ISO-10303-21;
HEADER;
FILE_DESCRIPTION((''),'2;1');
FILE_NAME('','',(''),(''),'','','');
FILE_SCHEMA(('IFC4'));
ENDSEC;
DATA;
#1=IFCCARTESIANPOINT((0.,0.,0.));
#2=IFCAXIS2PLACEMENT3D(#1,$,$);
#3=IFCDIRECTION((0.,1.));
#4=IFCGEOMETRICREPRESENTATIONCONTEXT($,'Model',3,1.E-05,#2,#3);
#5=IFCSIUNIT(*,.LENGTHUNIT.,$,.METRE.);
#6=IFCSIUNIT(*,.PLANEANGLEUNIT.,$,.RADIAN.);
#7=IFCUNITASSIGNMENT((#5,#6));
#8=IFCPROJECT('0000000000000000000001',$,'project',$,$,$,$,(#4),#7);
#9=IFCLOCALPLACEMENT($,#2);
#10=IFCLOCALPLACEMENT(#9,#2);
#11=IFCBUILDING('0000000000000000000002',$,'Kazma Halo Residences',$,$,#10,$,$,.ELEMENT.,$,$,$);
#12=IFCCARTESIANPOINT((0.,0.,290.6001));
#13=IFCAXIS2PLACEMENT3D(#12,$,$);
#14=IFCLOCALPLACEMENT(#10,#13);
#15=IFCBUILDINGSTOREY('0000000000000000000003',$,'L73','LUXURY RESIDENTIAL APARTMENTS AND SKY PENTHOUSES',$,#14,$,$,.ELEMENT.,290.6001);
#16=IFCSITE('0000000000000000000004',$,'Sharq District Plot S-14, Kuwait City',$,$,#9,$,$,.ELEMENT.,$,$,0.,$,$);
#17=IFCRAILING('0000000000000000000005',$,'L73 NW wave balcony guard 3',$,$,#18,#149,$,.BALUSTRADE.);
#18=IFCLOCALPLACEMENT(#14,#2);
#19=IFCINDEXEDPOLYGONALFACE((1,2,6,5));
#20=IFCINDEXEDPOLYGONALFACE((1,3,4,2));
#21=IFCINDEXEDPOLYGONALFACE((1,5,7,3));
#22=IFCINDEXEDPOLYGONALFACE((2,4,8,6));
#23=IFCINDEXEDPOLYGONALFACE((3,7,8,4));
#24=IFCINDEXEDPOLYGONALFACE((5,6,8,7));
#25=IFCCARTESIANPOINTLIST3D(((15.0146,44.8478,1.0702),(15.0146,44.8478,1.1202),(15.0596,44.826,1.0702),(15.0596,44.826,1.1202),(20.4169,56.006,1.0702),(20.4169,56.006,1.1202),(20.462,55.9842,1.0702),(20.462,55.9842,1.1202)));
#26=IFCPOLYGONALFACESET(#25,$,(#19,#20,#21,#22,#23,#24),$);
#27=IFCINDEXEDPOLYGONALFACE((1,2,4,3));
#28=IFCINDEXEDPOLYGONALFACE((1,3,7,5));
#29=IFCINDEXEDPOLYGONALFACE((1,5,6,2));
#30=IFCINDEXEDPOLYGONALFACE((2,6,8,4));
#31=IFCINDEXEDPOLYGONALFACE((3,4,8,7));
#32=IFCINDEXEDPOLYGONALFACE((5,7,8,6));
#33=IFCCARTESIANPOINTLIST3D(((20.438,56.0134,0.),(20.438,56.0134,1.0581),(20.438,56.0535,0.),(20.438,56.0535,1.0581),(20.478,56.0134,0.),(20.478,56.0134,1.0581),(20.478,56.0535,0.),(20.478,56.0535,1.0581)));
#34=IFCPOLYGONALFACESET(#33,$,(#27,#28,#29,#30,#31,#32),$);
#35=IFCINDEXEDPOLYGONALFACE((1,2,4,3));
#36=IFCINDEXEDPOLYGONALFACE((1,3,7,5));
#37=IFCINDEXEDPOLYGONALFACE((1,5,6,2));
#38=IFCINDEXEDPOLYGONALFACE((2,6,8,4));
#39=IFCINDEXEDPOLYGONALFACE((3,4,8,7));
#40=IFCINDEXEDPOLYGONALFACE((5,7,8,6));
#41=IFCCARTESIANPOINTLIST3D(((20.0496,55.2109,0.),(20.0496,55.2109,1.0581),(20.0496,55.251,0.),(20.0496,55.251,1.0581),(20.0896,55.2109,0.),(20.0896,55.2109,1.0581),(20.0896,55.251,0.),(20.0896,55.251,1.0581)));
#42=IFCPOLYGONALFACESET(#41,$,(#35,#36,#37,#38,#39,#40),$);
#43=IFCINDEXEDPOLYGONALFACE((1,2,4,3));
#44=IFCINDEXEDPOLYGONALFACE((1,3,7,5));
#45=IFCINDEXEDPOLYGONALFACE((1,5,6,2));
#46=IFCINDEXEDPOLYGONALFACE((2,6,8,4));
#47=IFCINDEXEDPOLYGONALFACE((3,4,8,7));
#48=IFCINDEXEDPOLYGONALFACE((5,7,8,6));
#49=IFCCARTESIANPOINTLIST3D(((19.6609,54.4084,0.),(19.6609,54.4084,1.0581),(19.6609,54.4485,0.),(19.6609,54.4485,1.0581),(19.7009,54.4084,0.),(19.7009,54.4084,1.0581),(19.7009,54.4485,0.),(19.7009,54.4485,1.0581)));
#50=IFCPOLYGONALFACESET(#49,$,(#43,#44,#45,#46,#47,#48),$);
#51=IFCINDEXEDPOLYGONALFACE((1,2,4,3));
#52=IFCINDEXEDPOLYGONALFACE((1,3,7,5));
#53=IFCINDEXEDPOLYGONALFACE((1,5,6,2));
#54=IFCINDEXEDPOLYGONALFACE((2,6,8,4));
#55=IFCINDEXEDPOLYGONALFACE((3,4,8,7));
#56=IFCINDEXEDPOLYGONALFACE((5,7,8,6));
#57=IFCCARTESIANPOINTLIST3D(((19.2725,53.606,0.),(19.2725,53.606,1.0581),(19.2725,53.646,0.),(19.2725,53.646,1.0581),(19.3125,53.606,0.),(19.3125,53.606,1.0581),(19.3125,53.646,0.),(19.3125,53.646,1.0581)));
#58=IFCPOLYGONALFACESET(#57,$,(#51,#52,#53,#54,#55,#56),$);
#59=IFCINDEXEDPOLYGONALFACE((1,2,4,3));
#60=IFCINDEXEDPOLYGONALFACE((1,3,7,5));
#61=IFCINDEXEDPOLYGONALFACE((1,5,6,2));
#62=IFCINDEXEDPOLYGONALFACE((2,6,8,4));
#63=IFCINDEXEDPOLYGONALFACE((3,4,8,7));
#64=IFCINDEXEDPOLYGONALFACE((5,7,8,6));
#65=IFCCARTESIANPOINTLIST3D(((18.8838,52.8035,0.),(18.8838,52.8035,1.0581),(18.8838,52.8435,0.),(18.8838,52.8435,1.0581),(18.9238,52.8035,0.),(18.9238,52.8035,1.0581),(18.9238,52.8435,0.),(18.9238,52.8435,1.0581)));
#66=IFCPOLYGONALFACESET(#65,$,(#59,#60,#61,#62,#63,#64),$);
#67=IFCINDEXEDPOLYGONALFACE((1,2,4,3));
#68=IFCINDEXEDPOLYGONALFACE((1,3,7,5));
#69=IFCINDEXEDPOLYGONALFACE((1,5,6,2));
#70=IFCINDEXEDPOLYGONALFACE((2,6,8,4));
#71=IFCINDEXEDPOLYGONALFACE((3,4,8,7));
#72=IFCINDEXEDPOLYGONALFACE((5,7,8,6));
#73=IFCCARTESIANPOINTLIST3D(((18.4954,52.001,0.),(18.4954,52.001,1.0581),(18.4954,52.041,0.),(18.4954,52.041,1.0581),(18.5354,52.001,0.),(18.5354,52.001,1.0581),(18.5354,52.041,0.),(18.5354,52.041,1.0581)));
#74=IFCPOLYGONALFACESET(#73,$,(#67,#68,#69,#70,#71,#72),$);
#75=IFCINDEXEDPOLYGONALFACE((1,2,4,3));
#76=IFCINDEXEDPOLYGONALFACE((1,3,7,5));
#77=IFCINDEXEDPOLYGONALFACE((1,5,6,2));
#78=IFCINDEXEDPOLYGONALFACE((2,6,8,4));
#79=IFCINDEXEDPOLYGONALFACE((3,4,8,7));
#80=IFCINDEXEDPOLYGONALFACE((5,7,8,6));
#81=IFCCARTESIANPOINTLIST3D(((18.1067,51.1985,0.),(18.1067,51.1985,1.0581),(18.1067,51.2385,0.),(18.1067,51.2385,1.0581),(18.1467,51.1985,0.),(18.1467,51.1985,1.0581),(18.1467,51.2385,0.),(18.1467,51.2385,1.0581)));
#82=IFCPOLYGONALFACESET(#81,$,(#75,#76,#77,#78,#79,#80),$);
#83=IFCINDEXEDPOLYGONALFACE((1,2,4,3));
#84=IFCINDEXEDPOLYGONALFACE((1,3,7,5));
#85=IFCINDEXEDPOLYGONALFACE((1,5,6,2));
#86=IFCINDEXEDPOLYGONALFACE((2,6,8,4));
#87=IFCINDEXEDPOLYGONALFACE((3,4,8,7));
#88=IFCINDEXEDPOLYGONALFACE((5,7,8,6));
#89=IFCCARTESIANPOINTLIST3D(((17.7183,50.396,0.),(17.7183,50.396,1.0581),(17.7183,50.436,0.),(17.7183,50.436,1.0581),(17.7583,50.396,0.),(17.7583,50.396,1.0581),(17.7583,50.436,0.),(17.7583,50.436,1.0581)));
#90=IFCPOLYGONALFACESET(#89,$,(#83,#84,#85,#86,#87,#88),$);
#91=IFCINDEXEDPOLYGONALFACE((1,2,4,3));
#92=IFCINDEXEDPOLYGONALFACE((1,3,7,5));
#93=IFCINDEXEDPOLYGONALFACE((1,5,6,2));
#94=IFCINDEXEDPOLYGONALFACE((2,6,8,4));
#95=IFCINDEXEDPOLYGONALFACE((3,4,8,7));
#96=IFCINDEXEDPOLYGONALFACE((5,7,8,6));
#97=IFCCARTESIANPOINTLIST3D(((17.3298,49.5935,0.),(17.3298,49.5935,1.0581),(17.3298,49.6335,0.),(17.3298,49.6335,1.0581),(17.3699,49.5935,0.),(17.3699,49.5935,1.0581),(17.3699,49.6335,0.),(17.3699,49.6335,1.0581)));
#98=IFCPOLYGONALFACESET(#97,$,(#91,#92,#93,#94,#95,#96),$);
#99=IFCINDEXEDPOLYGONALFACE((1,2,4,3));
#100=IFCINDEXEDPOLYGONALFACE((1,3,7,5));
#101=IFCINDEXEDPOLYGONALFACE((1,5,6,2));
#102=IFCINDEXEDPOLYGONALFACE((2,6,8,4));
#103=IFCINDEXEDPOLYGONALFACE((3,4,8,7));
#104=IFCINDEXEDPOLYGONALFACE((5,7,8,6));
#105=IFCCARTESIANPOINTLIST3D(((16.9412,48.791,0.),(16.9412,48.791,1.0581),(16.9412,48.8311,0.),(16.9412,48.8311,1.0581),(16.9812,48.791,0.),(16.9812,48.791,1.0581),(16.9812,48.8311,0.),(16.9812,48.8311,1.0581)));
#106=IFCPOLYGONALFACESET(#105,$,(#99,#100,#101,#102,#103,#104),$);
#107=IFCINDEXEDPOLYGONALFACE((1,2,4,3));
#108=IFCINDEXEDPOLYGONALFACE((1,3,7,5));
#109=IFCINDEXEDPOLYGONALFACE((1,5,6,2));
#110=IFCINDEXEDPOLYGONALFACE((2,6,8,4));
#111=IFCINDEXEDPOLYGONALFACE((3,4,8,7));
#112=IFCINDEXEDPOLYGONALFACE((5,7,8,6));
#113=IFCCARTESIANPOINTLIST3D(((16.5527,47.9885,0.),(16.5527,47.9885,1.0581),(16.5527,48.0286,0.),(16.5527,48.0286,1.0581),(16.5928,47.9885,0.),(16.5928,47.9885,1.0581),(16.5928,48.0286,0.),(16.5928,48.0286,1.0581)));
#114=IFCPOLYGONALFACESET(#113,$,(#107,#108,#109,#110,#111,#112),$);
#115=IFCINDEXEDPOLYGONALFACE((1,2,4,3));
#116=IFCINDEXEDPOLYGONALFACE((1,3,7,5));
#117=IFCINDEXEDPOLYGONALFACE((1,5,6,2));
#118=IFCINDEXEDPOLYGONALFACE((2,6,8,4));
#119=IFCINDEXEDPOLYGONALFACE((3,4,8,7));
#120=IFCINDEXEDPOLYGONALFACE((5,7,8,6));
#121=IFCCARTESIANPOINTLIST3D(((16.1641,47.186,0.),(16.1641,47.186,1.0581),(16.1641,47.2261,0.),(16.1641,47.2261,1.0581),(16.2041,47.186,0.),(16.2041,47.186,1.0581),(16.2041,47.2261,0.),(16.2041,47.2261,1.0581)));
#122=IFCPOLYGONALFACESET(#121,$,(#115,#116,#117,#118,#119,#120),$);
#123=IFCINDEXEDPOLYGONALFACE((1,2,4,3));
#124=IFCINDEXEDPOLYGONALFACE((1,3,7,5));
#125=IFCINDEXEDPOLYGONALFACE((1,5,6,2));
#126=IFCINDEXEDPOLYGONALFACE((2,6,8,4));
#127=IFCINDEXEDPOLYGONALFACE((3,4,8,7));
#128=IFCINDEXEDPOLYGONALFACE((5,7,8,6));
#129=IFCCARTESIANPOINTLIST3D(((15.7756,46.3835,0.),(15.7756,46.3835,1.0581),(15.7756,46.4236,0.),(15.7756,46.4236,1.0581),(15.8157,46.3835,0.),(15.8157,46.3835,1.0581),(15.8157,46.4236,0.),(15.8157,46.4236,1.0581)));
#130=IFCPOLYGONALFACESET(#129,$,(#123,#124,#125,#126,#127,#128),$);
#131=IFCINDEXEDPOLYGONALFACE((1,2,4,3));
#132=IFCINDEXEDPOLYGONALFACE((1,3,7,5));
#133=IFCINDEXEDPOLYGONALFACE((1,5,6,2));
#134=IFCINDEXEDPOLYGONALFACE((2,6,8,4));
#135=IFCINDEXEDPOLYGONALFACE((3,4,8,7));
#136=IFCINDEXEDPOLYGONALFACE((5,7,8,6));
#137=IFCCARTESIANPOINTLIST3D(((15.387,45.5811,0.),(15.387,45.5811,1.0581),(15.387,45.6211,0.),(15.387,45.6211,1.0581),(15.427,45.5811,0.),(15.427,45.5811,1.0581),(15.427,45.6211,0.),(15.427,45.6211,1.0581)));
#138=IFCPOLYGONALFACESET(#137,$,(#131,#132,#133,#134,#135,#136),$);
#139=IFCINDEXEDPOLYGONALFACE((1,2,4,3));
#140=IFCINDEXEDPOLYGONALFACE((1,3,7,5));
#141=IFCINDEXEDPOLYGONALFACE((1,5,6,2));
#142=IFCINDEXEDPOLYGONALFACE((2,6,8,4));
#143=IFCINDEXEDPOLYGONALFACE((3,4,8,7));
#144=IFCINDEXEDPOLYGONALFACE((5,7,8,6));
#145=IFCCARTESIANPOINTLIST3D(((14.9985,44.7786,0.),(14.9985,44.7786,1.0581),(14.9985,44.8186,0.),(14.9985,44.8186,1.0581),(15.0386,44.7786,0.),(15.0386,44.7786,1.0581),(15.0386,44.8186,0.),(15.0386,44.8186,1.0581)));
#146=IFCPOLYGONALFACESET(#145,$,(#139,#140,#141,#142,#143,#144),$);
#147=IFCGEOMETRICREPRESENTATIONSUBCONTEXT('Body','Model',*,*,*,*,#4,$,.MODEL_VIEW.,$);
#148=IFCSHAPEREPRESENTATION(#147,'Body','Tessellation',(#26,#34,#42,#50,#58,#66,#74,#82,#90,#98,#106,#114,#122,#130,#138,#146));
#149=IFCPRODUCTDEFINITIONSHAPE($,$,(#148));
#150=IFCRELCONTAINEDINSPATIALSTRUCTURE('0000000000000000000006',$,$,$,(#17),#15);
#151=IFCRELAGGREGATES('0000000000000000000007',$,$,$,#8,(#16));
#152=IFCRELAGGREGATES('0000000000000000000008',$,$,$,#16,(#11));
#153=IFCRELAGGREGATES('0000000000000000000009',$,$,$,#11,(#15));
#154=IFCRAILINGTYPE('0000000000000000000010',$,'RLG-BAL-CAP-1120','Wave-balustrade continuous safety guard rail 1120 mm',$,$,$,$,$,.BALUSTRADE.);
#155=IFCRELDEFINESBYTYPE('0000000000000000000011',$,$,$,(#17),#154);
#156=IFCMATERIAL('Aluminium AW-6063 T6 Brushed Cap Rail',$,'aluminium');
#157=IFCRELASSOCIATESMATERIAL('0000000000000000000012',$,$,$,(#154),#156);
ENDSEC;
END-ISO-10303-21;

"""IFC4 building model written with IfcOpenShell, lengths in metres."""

from ifc_helpers import new_model, si_unit, direction, frame, origin, origin_2d, place, context, subcontext, project, spatial, rectangle, extrude, material, type_object, element, save


model = new_model("IFC4")

# Units and contexts
model_context = context("Model", 3, precision=1e-05, world=origin(), true_north=direction((0.0, 1.0)))
body_context = subcontext(model_context, "Body", "Model", "MODEL_VIEW")
ifc_project = project(units=[si_unit("LENGTHUNIT", "METRE"), si_unit("PLANEANGLEUNIT", "RADIAN")], contexts=[model_context])

# Site, building, storey
site_placement = place(None, origin())
site = spatial("IfcSite", under=ifc_project, at=site_placement, Name="Sharq District Plot S-14, Kuwait City", CompositionType="ELEMENT", RefElevation=0.0)
building_placement = place(site_placement, origin())
building = spatial("IfcBuilding", under=site, at=building_placement, Name="Kazma Halo Residences", CompositionType="ELEMENT")
storey_placement = place(building_placement, frame((0.0, 0.0, 290.6001)))
storey = spatial("IfcBuildingStorey", under=building, at=storey_placement, Name="L73", Description="LUXURY RESIDENTIAL APARTMENTS AND SKY PENTHOUSES", CompositionType="ELEMENT", Elevation=290.6001)

# Railing
ifc_material_1 = material(Name="Aluminium AW-6063 T6 Brushed Cap Rail", Category="aluminium")
railing_type = type_object("IfcRailingType", Name="RLG-BAL-CAP-1120", Description="Wave-balustrade continuous safety guard rail 1120 mm", PredefinedType="BALUSTRADE", material=ifc_material_1)
railing_1_placement = place(storey_placement, frame((20.458, 56.0334, 0.0)))
element("IfcRailing", 1, at=railing_1_placement, inside=storey, type_object=railing_type, Name="L73 NW wave balcony guard 3", PredefinedType="BALUSTRADE", context=body_context, shape_type="SweptSolid", body=[
    extrude(rectangle(XDim=0.05, YDim=0.05, at=origin_2d()), frame((-0.0186, -0.0383, 1.0952), z_axis=(-0.435771, -0.900058, 0.0), x_axis=(0.900058, -0.435771, 0.0)), (0.0, 0.0, 1.0), 12.3972),
    extrude(rectangle(XDim=0.04, YDim=0.04, at=origin_2d()), origin(), (0.0, 0.0, 1.0), 1.0581),
    extrude(rectangle(XDim=0.04, YDim=0.04, at=origin_2d()), frame((-0.3884, -0.8025, 0.0)), (0.0, 0.0, 1.0), 1.0581),
    extrude(rectangle(XDim=0.04, YDim=0.04, at=origin_2d()), frame((-0.7771, -1.605, 0.0)), (0.0, 0.0, 1.0), 1.0581),
    extrude(rectangle(XDim=0.04, YDim=0.04, at=origin_2d()), frame((-1.1655, -2.4075, 0.0)), (0.0, 0.0, 1.0), 1.0581),
    extrude(rectangle(XDim=0.04, YDim=0.04, at=origin_2d()), frame((-1.5542, -3.21, 0.0)), (0.0, 0.0, 1.0), 1.0581),
    extrude(rectangle(XDim=0.04, YDim=0.04, at=origin_2d()), frame((-1.9426, -4.0125, 0.0)), (0.0, 0.0, 1.0), 1.0581),
    extrude(rectangle(XDim=0.04, YDim=0.04, at=origin_2d()), frame((-2.3313, -4.8149, 0.0)), (0.0, 0.0, 1.0), 1.0581),
    extrude(rectangle(XDim=0.04, YDim=0.04, at=origin_2d()), frame((-2.7197, -5.6174, 0.0)), (0.0, 0.0, 1.0), 1.0581),
    extrude(rectangle(XDim=0.04, YDim=0.04, at=origin_2d()), frame((-3.1082, -6.4199, 0.0)), (0.0, 0.0, 1.0), 1.0581),
    extrude(rectangle(XDim=0.04, YDim=0.04, at=origin_2d()), frame((-3.4968, -7.2224, 0.0)), (0.0, 0.0, 1.0), 1.0581),
    extrude(rectangle(XDim=0.04, YDim=0.04, at=origin_2d()), frame((-3.8853, -8.0249, 0.0)), (0.0, 0.0, 1.0), 1.0581),
    extrude(rectangle(XDim=0.04, YDim=0.04, at=origin_2d()), frame((-4.2739, -8.8274, 0.0)), (0.0, 0.0, 1.0), 1.0581),
    extrude(rectangle(XDim=0.04, YDim=0.04, at=origin_2d()), frame((-4.6624, -9.6299, 0.0)), (0.0, 0.0, 1.0), 1.0581),
    extrude(rectangle(XDim=0.04, YDim=0.04, at=origin_2d()), frame((-5.051, -10.4324, 0.0)), (0.0, 0.0, 1.0), 1.0581),
    extrude(rectangle(XDim=0.04, YDim=0.04, at=origin_2d()), frame((-5.4395, -11.2349, 0.0)), (0.0, 0.0, 1.0), 1.0581),
])

save(model, "model.ifc")
